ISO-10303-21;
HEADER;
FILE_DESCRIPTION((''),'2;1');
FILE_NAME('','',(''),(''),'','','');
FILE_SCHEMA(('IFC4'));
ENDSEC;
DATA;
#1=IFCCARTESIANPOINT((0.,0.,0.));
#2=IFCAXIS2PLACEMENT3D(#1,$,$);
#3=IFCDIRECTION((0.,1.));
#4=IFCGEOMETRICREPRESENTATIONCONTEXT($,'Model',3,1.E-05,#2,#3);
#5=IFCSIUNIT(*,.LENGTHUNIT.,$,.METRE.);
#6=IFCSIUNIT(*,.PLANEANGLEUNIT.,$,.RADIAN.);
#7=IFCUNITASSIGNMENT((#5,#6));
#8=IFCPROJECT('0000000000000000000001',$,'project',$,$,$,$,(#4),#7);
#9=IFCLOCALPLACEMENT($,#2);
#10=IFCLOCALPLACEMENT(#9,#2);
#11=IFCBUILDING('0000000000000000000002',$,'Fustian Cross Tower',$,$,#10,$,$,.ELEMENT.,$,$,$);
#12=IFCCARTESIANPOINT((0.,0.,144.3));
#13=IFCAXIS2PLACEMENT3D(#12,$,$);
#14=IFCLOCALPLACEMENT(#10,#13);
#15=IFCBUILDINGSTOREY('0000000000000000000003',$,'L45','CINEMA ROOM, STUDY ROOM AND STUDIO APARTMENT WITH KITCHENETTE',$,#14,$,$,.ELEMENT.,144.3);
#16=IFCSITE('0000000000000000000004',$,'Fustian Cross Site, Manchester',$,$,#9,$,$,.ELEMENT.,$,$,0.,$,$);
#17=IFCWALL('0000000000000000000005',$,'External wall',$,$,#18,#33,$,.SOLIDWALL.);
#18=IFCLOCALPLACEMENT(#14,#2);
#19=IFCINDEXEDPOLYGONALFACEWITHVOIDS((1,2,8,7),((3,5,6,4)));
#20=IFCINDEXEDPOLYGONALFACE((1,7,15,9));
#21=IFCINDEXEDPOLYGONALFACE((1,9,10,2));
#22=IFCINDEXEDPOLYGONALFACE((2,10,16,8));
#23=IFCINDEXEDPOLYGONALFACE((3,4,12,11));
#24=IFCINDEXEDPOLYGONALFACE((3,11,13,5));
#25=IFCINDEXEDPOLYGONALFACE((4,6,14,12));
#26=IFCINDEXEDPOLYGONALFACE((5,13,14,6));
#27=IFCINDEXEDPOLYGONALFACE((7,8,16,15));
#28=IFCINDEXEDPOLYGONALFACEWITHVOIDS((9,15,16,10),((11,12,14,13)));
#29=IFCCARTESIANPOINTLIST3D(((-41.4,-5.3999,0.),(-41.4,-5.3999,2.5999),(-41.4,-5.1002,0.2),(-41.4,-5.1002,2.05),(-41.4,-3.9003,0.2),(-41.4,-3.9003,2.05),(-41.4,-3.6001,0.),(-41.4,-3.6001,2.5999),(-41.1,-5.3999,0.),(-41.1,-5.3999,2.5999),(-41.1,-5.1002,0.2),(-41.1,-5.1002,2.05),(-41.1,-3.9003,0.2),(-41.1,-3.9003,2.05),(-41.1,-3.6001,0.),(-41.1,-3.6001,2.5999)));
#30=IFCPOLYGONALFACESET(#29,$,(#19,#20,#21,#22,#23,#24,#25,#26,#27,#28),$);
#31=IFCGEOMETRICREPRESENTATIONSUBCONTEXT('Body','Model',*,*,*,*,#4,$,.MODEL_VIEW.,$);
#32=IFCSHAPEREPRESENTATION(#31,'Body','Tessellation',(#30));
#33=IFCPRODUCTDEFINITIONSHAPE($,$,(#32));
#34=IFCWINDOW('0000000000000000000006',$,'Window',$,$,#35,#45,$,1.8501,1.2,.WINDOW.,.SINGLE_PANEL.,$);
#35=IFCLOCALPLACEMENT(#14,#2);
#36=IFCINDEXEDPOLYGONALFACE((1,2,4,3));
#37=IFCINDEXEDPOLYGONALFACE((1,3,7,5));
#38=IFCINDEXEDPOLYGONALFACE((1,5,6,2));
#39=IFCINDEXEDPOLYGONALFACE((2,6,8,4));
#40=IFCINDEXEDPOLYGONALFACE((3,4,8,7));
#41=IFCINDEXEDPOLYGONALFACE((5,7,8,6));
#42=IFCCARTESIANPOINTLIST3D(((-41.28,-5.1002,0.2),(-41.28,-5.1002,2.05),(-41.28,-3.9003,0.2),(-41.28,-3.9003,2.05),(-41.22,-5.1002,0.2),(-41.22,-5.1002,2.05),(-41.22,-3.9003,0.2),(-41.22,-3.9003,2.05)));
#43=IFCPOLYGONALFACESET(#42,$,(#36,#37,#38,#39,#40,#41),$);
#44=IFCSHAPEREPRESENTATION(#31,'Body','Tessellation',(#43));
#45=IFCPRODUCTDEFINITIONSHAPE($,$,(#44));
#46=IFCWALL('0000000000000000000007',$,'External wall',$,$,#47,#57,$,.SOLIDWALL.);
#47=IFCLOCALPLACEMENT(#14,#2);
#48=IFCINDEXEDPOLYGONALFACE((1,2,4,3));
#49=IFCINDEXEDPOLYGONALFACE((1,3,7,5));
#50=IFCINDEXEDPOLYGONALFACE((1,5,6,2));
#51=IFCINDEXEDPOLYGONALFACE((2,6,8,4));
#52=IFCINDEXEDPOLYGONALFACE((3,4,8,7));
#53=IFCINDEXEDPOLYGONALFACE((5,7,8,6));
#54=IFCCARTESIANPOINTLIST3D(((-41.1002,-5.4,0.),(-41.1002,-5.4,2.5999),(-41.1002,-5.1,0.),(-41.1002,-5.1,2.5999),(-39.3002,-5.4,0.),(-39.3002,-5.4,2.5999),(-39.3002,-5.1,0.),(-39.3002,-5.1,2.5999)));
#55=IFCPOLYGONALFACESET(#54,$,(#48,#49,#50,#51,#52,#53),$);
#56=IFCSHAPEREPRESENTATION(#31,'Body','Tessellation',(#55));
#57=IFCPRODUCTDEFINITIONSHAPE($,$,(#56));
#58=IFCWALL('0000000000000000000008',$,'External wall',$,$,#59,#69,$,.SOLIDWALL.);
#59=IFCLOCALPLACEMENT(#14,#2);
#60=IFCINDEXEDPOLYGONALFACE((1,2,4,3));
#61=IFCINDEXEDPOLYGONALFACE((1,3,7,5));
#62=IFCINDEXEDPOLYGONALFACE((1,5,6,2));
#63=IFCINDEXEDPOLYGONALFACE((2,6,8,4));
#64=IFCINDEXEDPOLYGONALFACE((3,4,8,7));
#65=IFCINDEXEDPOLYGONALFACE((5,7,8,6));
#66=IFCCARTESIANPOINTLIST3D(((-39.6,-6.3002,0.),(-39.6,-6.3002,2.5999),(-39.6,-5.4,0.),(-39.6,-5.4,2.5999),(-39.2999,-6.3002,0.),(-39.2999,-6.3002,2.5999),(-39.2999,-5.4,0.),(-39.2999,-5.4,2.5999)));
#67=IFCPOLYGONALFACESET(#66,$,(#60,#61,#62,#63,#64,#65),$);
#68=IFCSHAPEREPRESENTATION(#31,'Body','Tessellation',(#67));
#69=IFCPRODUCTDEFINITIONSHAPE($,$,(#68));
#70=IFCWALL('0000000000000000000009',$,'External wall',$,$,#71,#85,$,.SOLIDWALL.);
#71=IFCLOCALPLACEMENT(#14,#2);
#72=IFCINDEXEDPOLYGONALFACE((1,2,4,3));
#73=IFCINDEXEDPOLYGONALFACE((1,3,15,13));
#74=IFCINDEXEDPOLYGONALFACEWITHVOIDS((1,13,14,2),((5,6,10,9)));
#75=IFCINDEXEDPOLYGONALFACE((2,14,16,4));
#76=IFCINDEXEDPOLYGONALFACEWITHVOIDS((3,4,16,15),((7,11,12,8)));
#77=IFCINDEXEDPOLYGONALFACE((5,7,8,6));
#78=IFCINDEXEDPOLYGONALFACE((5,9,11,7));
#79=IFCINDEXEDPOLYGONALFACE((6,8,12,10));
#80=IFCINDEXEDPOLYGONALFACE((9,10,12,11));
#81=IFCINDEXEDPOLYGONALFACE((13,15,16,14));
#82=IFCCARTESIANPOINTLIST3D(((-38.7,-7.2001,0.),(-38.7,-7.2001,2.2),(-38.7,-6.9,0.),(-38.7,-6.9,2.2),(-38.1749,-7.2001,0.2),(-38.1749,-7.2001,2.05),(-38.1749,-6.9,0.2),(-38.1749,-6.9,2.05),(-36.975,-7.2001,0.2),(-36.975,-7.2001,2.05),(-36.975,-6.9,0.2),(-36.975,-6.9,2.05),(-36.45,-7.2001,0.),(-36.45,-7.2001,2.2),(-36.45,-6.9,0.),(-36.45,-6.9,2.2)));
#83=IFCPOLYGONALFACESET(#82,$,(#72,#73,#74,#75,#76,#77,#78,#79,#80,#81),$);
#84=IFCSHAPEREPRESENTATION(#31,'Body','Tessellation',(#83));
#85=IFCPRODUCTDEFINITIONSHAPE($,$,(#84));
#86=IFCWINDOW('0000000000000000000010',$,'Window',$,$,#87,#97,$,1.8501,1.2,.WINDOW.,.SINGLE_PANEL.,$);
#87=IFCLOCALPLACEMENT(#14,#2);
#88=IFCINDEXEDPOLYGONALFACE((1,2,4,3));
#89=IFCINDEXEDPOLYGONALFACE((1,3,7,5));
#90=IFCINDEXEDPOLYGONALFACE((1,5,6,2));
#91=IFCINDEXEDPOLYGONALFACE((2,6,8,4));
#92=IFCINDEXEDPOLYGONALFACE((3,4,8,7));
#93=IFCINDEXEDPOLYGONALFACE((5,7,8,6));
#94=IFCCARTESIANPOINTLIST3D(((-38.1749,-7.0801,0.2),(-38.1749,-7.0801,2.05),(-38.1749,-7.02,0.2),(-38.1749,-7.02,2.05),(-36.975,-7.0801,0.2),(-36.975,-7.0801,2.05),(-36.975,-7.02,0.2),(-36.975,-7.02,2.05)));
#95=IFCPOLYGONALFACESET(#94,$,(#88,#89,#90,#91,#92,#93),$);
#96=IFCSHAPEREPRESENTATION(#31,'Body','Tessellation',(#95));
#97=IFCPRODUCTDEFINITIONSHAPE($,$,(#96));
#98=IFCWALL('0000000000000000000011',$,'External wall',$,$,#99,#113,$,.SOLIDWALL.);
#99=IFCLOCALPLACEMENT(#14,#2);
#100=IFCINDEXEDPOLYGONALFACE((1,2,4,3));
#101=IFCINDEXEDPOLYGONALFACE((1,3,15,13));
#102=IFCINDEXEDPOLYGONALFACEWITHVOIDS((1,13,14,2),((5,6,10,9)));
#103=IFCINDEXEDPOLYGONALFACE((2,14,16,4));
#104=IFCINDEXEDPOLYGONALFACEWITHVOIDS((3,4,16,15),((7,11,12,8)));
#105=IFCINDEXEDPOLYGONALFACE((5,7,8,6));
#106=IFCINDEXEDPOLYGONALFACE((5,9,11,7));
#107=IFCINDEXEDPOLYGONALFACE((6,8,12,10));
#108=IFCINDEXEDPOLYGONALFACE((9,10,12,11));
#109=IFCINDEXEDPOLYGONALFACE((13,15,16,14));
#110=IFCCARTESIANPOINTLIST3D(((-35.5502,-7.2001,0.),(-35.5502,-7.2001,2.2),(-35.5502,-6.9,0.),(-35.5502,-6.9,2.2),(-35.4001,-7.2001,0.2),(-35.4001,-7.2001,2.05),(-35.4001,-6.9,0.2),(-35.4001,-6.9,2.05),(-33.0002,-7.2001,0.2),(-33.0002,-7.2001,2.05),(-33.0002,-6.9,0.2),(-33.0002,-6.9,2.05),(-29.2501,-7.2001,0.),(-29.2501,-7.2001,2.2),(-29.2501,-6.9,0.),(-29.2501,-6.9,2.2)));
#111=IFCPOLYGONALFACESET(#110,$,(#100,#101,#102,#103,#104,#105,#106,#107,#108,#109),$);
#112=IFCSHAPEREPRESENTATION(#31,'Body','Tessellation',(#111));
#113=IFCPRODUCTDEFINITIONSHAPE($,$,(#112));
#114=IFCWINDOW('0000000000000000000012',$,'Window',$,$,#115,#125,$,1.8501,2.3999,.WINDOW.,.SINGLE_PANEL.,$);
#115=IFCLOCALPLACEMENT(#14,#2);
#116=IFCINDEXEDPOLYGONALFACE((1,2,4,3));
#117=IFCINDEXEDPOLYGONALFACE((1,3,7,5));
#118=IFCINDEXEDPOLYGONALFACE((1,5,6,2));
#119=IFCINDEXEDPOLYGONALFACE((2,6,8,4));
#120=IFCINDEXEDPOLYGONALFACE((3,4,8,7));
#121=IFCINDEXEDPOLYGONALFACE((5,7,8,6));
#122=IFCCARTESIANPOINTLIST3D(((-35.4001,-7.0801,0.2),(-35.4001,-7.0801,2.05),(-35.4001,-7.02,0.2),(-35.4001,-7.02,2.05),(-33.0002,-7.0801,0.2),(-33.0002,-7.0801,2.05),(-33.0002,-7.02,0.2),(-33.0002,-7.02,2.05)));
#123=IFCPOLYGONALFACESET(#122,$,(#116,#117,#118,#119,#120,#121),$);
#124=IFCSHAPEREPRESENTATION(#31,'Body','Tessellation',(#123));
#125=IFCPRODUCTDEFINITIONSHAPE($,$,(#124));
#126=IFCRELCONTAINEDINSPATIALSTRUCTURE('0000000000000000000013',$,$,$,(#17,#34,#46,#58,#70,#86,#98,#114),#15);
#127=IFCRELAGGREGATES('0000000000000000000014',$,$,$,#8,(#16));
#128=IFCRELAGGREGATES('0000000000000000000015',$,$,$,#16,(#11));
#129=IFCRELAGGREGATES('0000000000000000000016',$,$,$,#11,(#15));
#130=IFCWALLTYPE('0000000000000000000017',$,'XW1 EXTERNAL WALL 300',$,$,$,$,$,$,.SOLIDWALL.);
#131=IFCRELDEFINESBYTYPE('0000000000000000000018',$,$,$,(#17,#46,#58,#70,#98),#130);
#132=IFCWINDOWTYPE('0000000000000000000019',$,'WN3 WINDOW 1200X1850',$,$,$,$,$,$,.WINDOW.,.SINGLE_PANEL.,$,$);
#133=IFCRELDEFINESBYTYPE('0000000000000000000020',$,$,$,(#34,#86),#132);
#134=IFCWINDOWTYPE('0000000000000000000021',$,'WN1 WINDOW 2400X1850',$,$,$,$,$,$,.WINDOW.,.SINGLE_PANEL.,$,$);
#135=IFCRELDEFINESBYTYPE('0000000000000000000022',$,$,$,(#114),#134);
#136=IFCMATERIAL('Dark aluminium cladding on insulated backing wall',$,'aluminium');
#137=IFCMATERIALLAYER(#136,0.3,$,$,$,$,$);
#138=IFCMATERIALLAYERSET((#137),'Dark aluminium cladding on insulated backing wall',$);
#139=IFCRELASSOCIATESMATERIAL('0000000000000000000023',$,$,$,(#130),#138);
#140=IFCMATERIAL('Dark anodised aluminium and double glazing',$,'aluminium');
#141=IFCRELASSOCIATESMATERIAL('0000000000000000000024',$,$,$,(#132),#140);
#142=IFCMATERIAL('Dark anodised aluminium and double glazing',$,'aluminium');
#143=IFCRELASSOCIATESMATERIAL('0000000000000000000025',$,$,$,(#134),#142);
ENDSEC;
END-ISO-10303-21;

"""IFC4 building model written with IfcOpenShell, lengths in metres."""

from ifc_helpers import new_model, si_unit, direction, frame, frame_2d, origin, place, context, subcontext, project, spatial, rectangle, extrude, material, layer, layer_set, type_object, element, fill, save


model = new_model("IFC4")

# Units and contexts
model_context = context("Model", 3, precision=1e-05, world=origin(), true_north=direction((0.0, 1.0)))
body_context = subcontext(model_context, "Body", "Model", "MODEL_VIEW")
ifc_project = project(units=[si_unit("LENGTHUNIT", "METRE"), si_unit("PLANEANGLEUNIT", "RADIAN")], contexts=[model_context])

# Site, building, storey
site_placement = place(None, origin())
site = spatial("IfcSite", under=ifc_project, at=site_placement, Name="Fustian Cross Site, Manchester", CompositionType="ELEMENT", RefElevation=0.0)
building_placement = place(site_placement, origin())
building = spatial("IfcBuilding", under=site, at=building_placement, Name="Fustian Cross Tower", CompositionType="ELEMENT")
storey_placement = place(building_placement, frame((0.0, 0.0, 144.3)))
storey = spatial("IfcBuildingStorey", under=building, at=storey_placement, Name="L45", Description="CINEMA ROOM, STUDY ROOM AND STUDIO APARTMENT WITH KITCHENETTE", CompositionType="ELEMENT", Elevation=144.3)

# Shared definitions
ifc_material_1 = material(Name="Dark aluminium cladding on insulated backing wall", Category="aluminium")
ifc_layer_1 = layer(ifc_material_1, 0.3)
ifc_layer_set_1 = layer_set([ifc_layer_1], Name="Dark aluminium cladding on insulated backing wall")
wall_type_1 = type_object("IfcWallType", Name="XW1 EXTERNAL WALL 300", PredefinedType="SOLIDWALL", material=ifc_layer_set_1)

# Wall, opening, window
wall_1_placement = place(storey_placement, frame((-41.25, -3.6001, 0.0), z_axis=(0.0, 0.0, 1.0), x_axis=(0.0, -1.0, 0.0)))
wall_1 = element("IfcWall", 1, at=wall_1_placement, inside=storey, type_object=wall_type_1, Name="External wall", PredefinedType="SOLIDWALL", context=body_context, shape_type="SweptSolid", body=[
    extrude(rectangle(XDim=1.7998, YDim=0.3, at=frame_2d((0.8999, 0.0))), origin(), (0.0, 0.0, 1.0), 2.5999),
])
opening_1_placement = place(wall_1_placement, frame((0.3, 0.0, 0.2)))
opening_1 = element("IfcOpeningElement", 2, at=opening_1_placement, cuts=wall_1, PredefinedType="OPENING", context=body_context, shape_type="SweptSolid", body=[
    extrude(rectangle(XDim=1.2, YDim=1.8501, at=frame_2d((0.6001, 0.925))), frame((0.0, 0.1599, 0.0), z_axis=(0.0, -1.0, 0.0), x_axis=(1.0, 0.0, 0.0)), (0.0, 0.0, 1.0), 0.3201),
])
ifc_material_2 = material(Name="Dark anodised aluminium and double glazing", Category="aluminium")
window_type_1 = type_object("IfcWindowType", Name="WN3 WINDOW 1200X1850", PartitioningType="SINGLE_PANEL", PredefinedType="WINDOW", material=ifc_material_2)
window_1_placement = place(opening_1_placement, origin())
window_1 = element("IfcWindow", 3, at=window_1_placement, inside=storey, type_object=window_type_1, Name="Window", OverallHeight=1.8501, OverallWidth=1.2, PartitioningType="SINGLE_PANEL", PredefinedType="WINDOW", context=body_context, shape_type="SweptSolid", body=[
    extrude(rectangle(XDim=1.2, YDim=1.8501, at=frame_2d((0.6001, 0.925))), frame((0.0, 0.03, 0.0), z_axis=(0.0, -1.0, 0.0), x_axis=(1.0, 0.0, 0.0)), (0.0, 0.0, 1.0), 0.0601),
])
fill(opening_1, window_1)

# Walls
wall_2_placement = place(storey_placement, frame((-41.1001, -5.25, 0.0), z_axis=(0.0, 0.0, 1.0), x_axis=(1.0, 0.0, 0.0)))
element("IfcWall", 4, at=wall_2_placement, inside=storey, type_object=wall_type_1, Name="External wall", PredefinedType="SOLIDWALL", context=body_context, shape_type="SweptSolid", body=[
    extrude(rectangle(XDim=1.8, YDim=0.3, at=frame_2d((0.8999, 0.0))), origin(), (0.0, 0.0, 1.0), 2.5999),
])
wall_3_placement = place(storey_placement, frame((-39.45, -5.3999, 0.0), z_axis=(0.0, 0.0, 1.0), x_axis=(0.0, -1.0, 0.0)))
element("IfcWall", 5, at=wall_3_placement, inside=storey, type_object=wall_type_1, Name="External wall", PredefinedType="SOLIDWALL", context=body_context, shape_type="SweptSolid", body=[
    extrude(rectangle(XDim=0.9001, YDim=0.3, at=frame_2d((0.4502, 0.0))), origin(), (0.0, 0.0, 1.0), 2.5999),
])

# Walls, openings, windows
wall_4_placement = place(storey_placement, frame((-38.7, -7.05, 0.0), z_axis=(0.0, 0.0, 1.0), x_axis=(1.0, 0.0, 0.0)))
wall_4 = element("IfcWall", 6, at=wall_4_placement, inside=storey, type_object=wall_type_1, Name="External wall", PredefinedType="SOLIDWALL", context=body_context, shape_type="SweptSolid", body=[
    extrude(rectangle(XDim=2.25, YDim=0.3, at=frame_2d((1.125, 0.0))), origin(), (0.0, 0.0, 1.0), 2.2),
])
opening_2_placement = place(wall_4_placement, frame((0.5249, 0.0, 0.2)))
opening_2 = element("IfcOpeningElement", 7, at=opening_2_placement, cuts=wall_4, PredefinedType="OPENING", context=body_context, shape_type="SweptSolid", body=[
    extrude(rectangle(XDim=1.2, YDim=1.8501, at=frame_2d((0.6001, 0.925))), frame((0.0, 0.1599, 0.0), z_axis=(0.0, -1.0, 0.0), x_axis=(1.0, 0.0, 0.0)), (0.0, 0.0, 1.0), 0.3201),
])
window_2_placement = place(opening_2_placement, origin())
window_2 = element("IfcWindow", 8, at=window_2_placement, inside=storey, type_object=window_type_1, Name="Window", OverallHeight=1.8501, OverallWidth=1.2, PartitioningType="SINGLE_PANEL", PredefinedType="WINDOW", context=body_context, shape_type="SweptSolid", body=[
    extrude(rectangle(XDim=1.2, YDim=1.8501, at=frame_2d((0.6001, 0.925))), frame((0.0, 0.03, 0.0), z_axis=(0.0, -1.0, 0.0), x_axis=(1.0, 0.0, 0.0)), (0.0, 0.0, 1.0), 0.0601),
])
fill(opening_2, window_2)
wall_5_placement = place(storey_placement, frame((-35.55, -7.05, 0.0), z_axis=(0.0, 0.0, 1.0), x_axis=(1.0, 0.0, 0.0)))
wall_5 = element("IfcWall", 9, at=wall_5_placement, inside=storey, type_object=wall_type_1, Name="External wall", PredefinedType="SOLIDWALL", context=body_context, shape_type="SweptSolid", body=[
    extrude(rectangle(XDim=6.3, YDim=0.3, at=frame_2d((3.1499, 0.0))), origin(), (0.0, 0.0, 1.0), 2.2),
])
opening_3_placement = place(wall_5_placement, frame((0.1499, 0.0, 0.2)))
opening_3 = element("IfcOpeningElement", 10, at=opening_3_placement, cuts=wall_5, PredefinedType="OPENING", context=body_context, shape_type="SweptSolid", body=[
    extrude(rectangle(XDim=2.3999, YDim=1.8501, at=frame_2d((1.2, 0.925))), frame((0.0, 0.1599, 0.0), z_axis=(0.0, -1.0, 0.0), x_axis=(1.0, 0.0, 0.0)), (0.0, 0.0, 1.0), 0.3201),
])
ifc_material_3 = material(Name="Dark anodised aluminium and double glazing", Category="aluminium")
window_type_2 = type_object("IfcWindowType", Name="WN1 WINDOW 2400X1850", PartitioningType="SINGLE_PANEL", PredefinedType="WINDOW", material=ifc_material_3)
window_3_placement = place(opening_3_placement, origin())
window_3 = element("IfcWindow", 11, at=window_3_placement, inside=storey, type_object=window_type_2, Name="Window", OverallHeight=1.8501, OverallWidth=2.3999, PartitioningType="SINGLE_PANEL", PredefinedType="WINDOW", context=body_context, shape_type="SweptSolid", body=[
    extrude(rectangle(XDim=2.3999, YDim=1.8501, at=frame_2d((1.2, 0.925))), frame((0.0, 0.03, 0.0), z_axis=(0.0, -1.0, 0.0), x_axis=(1.0, 0.0, 0.0)), (0.0, 0.0, 1.0), 0.0601),
])
fill(opening_3, window_3)

save(model, "model.ifc")
